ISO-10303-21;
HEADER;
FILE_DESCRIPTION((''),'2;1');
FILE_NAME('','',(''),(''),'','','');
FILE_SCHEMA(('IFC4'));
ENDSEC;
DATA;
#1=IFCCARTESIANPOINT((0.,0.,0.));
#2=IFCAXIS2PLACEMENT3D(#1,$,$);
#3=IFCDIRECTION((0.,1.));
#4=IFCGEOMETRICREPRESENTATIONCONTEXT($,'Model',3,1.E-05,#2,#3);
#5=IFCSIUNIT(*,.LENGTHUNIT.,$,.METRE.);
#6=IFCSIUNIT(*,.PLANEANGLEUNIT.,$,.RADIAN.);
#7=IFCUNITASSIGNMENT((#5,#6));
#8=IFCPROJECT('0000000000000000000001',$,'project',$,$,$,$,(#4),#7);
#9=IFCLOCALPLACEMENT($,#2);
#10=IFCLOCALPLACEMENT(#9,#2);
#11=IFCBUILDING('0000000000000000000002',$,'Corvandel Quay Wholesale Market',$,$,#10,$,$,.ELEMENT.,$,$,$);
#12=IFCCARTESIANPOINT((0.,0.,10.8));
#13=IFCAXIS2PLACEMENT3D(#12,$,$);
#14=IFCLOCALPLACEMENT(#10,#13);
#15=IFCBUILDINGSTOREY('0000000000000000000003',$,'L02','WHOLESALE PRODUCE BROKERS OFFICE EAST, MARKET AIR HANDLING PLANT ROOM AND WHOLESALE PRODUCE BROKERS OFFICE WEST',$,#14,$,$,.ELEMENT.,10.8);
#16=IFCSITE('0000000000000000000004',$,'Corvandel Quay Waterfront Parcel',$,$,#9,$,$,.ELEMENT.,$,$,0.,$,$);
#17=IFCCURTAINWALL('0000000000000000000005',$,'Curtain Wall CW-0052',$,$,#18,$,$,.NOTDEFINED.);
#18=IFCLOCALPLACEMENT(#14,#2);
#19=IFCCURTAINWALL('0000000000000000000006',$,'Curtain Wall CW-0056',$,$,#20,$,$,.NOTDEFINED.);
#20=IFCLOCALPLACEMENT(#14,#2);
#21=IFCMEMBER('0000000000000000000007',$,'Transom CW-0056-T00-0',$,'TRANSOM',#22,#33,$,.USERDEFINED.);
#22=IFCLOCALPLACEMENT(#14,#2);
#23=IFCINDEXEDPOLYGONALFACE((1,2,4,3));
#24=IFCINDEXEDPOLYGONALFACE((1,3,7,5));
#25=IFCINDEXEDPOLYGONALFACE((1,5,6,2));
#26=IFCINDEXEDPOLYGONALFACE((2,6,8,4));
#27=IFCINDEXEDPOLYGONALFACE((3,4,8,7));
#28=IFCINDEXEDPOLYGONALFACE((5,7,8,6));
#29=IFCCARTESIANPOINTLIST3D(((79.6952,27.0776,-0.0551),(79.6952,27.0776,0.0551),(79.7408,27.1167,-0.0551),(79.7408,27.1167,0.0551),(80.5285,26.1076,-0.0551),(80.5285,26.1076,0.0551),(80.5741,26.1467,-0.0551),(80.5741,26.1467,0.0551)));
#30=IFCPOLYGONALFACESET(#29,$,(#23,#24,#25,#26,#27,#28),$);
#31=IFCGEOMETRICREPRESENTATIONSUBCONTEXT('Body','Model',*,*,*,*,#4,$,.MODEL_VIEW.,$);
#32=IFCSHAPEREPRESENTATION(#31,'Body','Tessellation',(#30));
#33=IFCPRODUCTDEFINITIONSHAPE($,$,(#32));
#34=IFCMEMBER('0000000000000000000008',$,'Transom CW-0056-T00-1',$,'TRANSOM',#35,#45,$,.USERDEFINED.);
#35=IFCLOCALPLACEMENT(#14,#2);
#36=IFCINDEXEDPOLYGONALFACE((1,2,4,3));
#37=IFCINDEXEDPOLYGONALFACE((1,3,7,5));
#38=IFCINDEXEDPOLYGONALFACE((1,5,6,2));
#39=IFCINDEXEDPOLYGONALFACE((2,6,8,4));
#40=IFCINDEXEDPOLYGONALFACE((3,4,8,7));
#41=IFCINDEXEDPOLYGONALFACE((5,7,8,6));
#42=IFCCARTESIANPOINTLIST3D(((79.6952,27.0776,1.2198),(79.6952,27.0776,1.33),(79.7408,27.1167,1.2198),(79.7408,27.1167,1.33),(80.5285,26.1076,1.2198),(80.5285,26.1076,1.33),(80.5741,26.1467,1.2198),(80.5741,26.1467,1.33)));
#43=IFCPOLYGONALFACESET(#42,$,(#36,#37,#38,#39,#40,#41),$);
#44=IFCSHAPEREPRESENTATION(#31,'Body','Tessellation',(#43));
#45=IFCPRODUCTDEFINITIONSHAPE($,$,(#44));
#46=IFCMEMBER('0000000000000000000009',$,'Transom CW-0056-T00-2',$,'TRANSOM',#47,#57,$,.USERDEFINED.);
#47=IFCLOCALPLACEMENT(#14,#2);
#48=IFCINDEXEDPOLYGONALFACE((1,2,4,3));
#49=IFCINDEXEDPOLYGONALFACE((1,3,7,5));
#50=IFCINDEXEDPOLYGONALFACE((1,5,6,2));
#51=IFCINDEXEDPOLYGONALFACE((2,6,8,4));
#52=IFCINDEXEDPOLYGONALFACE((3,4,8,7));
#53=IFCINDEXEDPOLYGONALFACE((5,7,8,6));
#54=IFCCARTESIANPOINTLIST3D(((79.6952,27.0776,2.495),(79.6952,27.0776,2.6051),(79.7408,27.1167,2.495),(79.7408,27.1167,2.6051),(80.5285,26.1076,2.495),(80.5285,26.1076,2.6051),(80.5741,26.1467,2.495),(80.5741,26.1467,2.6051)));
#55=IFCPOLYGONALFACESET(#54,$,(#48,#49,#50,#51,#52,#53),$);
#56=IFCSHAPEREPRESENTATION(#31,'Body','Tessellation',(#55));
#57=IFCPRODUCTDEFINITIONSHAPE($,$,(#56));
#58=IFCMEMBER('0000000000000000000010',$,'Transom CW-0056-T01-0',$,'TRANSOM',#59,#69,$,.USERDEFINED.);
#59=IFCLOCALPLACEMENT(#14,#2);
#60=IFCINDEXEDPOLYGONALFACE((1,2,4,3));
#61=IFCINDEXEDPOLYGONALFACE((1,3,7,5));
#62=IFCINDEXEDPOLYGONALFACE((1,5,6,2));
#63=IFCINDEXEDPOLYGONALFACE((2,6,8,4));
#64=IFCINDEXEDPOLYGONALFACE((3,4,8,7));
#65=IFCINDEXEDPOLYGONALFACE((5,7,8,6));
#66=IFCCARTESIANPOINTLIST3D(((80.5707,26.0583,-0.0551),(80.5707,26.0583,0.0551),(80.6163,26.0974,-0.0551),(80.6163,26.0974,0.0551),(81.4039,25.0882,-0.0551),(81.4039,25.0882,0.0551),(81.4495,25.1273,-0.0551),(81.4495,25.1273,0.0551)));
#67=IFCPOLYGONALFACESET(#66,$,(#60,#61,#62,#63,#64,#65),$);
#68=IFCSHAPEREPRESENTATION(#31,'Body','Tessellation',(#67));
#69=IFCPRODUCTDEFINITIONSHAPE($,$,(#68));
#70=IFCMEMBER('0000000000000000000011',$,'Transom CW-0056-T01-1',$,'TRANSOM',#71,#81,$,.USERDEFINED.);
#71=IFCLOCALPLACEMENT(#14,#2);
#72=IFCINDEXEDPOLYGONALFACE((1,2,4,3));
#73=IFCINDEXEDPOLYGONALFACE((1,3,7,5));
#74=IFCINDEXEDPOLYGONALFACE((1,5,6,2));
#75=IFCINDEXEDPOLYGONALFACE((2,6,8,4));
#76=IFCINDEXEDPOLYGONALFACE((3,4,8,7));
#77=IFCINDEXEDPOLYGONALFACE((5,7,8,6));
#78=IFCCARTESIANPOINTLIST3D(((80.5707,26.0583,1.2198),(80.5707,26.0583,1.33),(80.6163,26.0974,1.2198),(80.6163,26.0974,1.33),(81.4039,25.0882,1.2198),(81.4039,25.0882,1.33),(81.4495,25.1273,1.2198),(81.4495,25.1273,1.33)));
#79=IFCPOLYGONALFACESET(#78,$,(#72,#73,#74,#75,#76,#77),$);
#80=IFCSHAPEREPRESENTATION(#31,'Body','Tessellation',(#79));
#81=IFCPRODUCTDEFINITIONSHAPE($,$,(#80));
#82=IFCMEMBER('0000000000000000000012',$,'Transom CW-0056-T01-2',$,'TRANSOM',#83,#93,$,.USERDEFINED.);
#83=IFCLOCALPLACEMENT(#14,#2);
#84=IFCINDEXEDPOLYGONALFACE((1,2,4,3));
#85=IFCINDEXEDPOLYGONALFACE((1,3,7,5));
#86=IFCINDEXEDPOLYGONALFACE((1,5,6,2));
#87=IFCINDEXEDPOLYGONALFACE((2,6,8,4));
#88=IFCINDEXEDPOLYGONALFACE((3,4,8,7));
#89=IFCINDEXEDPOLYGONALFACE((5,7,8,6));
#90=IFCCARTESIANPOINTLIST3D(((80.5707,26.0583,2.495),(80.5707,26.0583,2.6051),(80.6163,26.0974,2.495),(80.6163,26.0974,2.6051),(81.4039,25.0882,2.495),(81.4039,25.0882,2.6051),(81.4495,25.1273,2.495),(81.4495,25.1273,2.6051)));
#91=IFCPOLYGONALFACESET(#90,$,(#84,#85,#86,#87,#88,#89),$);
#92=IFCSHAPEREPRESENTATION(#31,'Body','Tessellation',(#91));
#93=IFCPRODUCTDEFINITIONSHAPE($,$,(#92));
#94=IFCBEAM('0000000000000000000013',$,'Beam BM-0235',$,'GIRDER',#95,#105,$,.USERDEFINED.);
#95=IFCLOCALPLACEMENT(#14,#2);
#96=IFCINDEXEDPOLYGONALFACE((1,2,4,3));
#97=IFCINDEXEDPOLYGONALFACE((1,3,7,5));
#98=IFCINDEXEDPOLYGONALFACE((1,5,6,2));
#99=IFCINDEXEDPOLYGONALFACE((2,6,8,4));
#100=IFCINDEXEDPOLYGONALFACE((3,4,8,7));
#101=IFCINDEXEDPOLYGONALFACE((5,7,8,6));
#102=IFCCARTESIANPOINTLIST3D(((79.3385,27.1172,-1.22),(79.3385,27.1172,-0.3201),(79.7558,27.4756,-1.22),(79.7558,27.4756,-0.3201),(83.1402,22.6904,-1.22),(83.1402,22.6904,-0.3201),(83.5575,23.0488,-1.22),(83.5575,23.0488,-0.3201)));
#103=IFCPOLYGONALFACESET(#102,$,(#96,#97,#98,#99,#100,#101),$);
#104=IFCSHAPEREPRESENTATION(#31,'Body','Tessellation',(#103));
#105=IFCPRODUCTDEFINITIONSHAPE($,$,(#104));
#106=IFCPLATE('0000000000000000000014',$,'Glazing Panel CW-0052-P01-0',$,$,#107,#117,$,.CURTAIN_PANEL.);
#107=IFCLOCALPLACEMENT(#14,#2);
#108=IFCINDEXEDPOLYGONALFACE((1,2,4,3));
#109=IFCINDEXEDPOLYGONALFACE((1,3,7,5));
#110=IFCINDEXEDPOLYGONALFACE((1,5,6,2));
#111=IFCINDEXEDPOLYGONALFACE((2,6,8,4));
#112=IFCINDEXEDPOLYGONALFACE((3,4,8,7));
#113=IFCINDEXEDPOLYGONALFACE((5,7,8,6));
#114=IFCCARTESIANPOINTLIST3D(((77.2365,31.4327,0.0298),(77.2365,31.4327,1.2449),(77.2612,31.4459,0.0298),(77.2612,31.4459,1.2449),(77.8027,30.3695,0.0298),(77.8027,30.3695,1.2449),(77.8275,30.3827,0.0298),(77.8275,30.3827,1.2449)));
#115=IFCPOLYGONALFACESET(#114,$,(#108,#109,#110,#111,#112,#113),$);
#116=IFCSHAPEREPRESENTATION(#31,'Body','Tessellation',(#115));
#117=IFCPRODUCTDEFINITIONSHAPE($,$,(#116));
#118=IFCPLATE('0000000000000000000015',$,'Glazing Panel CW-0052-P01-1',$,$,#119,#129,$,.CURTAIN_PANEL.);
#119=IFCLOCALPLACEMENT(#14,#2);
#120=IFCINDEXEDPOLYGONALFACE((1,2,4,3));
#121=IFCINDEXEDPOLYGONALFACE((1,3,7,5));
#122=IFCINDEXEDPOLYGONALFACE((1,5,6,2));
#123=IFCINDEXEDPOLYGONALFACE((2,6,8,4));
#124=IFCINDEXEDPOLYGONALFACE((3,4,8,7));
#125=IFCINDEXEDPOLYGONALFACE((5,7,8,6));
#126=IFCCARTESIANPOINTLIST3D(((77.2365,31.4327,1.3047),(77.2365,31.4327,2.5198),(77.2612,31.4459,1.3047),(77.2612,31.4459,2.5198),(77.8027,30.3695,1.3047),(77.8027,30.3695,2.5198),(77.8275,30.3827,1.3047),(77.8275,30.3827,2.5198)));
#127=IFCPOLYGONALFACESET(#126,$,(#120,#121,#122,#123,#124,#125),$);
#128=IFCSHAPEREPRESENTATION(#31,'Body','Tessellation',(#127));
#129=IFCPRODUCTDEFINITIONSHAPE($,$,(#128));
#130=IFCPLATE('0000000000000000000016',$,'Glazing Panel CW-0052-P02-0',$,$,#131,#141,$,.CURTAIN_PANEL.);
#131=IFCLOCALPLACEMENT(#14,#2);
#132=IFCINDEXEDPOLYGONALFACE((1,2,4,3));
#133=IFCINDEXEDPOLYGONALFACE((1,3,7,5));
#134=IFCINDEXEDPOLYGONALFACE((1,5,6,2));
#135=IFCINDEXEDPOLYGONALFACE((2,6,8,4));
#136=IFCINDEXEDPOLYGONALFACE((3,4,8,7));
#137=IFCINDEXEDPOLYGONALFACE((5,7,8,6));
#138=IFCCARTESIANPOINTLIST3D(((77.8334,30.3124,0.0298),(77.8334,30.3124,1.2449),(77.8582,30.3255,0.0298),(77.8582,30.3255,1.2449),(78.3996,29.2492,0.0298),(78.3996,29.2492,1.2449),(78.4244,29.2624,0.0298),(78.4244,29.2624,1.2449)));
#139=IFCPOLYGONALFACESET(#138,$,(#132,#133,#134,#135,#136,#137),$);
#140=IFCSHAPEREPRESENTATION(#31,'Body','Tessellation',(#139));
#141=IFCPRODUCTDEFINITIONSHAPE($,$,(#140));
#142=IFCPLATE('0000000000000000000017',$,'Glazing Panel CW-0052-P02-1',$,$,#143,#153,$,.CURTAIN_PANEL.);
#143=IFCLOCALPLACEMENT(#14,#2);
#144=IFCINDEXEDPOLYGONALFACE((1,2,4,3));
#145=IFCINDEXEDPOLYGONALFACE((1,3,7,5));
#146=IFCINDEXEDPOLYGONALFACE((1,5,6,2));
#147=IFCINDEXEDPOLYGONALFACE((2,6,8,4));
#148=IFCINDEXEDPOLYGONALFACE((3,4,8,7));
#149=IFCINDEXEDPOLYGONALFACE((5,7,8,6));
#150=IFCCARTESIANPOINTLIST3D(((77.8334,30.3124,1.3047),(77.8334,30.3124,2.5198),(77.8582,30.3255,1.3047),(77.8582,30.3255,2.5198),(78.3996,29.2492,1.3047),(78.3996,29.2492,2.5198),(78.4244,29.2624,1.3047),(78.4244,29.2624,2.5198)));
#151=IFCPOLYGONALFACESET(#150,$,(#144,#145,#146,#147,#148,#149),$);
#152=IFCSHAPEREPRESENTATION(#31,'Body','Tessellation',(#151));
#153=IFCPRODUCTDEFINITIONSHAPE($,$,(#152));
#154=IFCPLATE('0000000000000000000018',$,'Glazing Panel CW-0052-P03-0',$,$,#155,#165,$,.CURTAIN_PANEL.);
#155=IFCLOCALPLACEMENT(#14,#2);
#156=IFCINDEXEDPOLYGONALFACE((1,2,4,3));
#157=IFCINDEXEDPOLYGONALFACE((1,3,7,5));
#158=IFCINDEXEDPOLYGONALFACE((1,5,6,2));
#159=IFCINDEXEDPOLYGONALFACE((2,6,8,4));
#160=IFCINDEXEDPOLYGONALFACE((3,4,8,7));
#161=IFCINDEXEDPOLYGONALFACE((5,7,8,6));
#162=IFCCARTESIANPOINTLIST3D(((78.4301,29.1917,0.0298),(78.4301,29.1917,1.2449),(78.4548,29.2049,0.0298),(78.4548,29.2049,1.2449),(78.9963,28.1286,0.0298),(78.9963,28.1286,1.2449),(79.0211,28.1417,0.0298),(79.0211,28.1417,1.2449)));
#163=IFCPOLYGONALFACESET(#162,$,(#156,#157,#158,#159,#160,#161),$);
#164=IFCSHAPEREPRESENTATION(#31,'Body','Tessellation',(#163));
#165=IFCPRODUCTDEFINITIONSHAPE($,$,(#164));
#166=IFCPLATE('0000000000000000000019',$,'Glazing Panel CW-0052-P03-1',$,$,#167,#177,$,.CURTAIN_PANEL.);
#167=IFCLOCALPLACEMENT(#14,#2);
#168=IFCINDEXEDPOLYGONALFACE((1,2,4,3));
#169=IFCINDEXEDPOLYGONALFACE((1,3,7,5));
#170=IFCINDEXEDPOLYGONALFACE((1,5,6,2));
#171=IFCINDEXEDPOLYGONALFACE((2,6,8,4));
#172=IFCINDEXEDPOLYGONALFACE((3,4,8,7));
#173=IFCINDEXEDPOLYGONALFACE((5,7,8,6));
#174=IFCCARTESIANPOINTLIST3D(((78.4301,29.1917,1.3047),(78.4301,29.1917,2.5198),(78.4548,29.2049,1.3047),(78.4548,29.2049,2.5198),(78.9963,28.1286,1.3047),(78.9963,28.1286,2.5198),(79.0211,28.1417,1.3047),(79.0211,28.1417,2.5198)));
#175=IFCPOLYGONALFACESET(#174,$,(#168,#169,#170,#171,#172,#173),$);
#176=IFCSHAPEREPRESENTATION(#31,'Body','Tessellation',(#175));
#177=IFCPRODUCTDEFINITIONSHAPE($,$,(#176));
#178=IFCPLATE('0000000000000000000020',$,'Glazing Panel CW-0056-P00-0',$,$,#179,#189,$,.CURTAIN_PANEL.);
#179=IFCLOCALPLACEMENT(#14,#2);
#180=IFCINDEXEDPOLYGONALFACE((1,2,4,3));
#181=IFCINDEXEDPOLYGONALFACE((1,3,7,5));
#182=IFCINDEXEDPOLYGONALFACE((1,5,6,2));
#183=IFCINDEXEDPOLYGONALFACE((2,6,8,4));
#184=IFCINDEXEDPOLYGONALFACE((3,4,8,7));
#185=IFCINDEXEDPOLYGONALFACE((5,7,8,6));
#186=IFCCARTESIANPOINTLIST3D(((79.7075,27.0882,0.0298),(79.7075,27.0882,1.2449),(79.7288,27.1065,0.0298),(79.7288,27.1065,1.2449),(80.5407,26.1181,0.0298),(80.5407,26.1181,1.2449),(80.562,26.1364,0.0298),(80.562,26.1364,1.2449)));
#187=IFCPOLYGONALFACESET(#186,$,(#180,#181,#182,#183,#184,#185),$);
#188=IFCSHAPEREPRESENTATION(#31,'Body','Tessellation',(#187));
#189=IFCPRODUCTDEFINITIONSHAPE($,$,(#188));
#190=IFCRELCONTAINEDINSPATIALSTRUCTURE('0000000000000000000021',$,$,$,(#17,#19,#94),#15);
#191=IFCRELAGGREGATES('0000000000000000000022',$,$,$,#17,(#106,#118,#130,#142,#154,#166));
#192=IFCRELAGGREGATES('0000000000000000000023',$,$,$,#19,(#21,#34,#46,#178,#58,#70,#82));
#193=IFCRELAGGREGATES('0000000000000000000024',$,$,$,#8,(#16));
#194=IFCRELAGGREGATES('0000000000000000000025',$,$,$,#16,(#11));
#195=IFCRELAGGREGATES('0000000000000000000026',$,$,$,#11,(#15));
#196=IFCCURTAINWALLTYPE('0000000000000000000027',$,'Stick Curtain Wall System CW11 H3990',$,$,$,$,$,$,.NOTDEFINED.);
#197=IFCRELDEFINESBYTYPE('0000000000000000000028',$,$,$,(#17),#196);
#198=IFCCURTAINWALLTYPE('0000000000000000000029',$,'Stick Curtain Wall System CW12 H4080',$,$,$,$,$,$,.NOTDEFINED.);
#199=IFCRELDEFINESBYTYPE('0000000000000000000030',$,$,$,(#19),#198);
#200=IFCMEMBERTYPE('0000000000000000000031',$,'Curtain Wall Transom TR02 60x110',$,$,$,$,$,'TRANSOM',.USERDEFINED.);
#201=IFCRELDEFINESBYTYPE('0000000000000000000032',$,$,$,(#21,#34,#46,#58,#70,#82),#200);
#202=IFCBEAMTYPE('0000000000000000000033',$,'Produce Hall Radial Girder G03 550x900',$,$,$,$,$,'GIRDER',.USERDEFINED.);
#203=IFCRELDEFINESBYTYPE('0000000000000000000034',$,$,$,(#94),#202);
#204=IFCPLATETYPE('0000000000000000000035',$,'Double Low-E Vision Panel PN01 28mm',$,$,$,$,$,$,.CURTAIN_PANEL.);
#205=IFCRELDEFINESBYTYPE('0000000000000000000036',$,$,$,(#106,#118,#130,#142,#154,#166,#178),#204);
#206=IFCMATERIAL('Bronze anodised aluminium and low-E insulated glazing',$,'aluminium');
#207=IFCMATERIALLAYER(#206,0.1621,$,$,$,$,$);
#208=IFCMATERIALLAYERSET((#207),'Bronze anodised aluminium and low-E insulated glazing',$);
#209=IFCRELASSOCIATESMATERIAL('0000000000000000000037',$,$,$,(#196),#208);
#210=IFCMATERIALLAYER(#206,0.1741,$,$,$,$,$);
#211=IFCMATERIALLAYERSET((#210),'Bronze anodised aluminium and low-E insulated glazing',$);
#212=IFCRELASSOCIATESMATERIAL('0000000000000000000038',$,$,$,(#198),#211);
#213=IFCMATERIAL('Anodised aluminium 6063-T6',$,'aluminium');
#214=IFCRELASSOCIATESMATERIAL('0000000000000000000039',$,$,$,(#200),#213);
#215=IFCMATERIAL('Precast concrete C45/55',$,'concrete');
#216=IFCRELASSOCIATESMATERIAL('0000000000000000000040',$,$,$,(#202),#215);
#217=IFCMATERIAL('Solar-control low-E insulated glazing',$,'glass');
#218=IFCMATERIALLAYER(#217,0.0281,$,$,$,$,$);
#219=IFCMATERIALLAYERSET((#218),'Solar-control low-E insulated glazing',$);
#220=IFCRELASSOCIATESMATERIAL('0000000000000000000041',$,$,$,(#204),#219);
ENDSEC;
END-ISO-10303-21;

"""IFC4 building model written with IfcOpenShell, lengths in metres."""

from ifc_helpers import new_model, si_unit, direction, frame, origin, origin_2d, place, context, subcontext, project, spatial, rectangle, extrude, material, layer, layer_set, material_profile, profile_set, type_object, element, aggregate, save


model = new_model("IFC4")

# Units and contexts
model_context = context("Model", 3, precision=1e-05, world=origin(), true_north=direction((0.0, 1.0)))
body_context = subcontext(model_context, "Body", "Model", "MODEL_VIEW")
ifc_project = project(units=[si_unit("LENGTHUNIT", "METRE"), si_unit("PLANEANGLEUNIT", "RADIAN")], contexts=[model_context])

# Site, building, storey
site_placement = place(None, origin())
site = spatial("IfcSite", under=ifc_project, at=site_placement, Name="Corvandel Quay Waterfront Parcel", CompositionType="ELEMENT", RefElevation=0.0)
building_placement = place(site_placement, origin())
building = spatial("IfcBuilding", under=site, at=building_placement, Name="Corvandel Quay Wholesale Market", CompositionType="ELEMENT")
storey_placement = place(building_placement, frame((0.0, 0.0, 10.8)))
storey = spatial("IfcBuildingStorey", under=building, at=storey_placement, Name="L02", Description="WHOLESALE PRODUCE BROKERS OFFICE EAST, MARKET AIR HANDLING PLANT ROOM AND WHOLESALE PRODUCE BROKERS OFFICE WEST", CompositionType="ELEMENT", Elevation=10.8)

# Shared definitions
ifc_material_1 = material(Name="Precast concrete C45/55", Category="concrete")

# Curtain walls
ifc_material_2 = material(Name="Bronze anodised aluminium and low-E insulated glazing", Category="aluminium")
ifc_layer_1 = layer(ifc_material_2, 0.1621)
ifc_layer_set_1 = layer_set([ifc_layer_1], Name="Bronze anodised aluminium and low-E insulated glazing")
curtain_wall_type_1 = type_object("IfcCurtainWallType", Name="Stick Curtain Wall System CW11 H3990", PredefinedType="NOTDEFINED", material=ifc_layer_set_1)
curtain_wall_1_placement = place(storey_placement, origin())
curtain_wall_1 = element("IfcCurtainWall", 1, at=curtain_wall_1_placement, inside=storey, type_object=curtain_wall_type_1, Name="Curtain Wall CW-0052", PredefinedType="NOTDEFINED")
ifc_material_3 = material(Name="Anodised aluminium 6063-T6", Category="aluminium")
ifc_layer_2 = layer(ifc_material_2, 0.1741)
ifc_layer_set_2 = layer_set([ifc_layer_2], Name="Bronze anodised aluminium and low-E insulated glazing")
curtain_wall_type_2 = type_object("IfcCurtainWallType", Name="Stick Curtain Wall System CW12 H4080", PredefinedType="NOTDEFINED", material=ifc_layer_set_2)
curtain_wall_2_placement = place(storey_placement, origin())
curtain_wall_2 = element("IfcCurtainWall", 2, at=curtain_wall_2_placement, inside=storey, type_object=curtain_wall_type_2, Name="Curtain Wall CW-0056", PredefinedType="NOTDEFINED")

# Members
ifc_material_profile_1 = material_profile(ifc_material_3, rectangle(XDim=0.0601, YDim=0.1101, at=origin_2d()), Name="ALU-TRN-60x110")
ifc_profile_set_1 = profile_set([ifc_material_profile_1], Name="Anodised aluminium 6063-T6")
member_type_1 = type_object("IfcMemberType", Name="Curtain Wall Transom TR02 60x110", ElementType="TRANSOM", PredefinedType="USERDEFINED", material=ifc_profile_set_1)
member_1_placement = place(storey_placement, frame((79.718, 27.0972, 0.0), z_axis=(0.651624, -0.758542, 0.0), x_axis=(0.758542, 0.651624, 0.0)))
member_1 = element("IfcMember", 3, at=member_1_placement, type_object=member_type_1, Name="Transom CW-0056-T00-0", ObjectType="TRANSOM", PredefinedType="USERDEFINED", context=body_context, shape_type="SweptSolid", body=[
    extrude(rectangle(XDim=0.0601, YDim=0.1101, at=origin_2d()), origin(), (0.0, 0.0, 1.0), 1.2788),
])
member_2_placement = place(storey_placement, frame((79.718, 27.0972, 1.2749), z_axis=(0.651624, -0.758542, 0.0), x_axis=(0.758542, 0.651624, 0.0)))
member_2 = element("IfcMember", 4, at=member_2_placement, type_object=member_type_1, Name="Transom CW-0056-T00-1", ObjectType="TRANSOM", PredefinedType="USERDEFINED", context=body_context, shape_type="SweptSolid", body=[
    extrude(rectangle(XDim=0.0601, YDim=0.1101, at=origin_2d()), origin(), (0.0, 0.0, 1.0), 1.2788),
])
member_3_placement = place(storey_placement, frame((79.718, 27.0972, 2.55), z_axis=(0.651624, -0.758542, 0.0), x_axis=(0.758542, 0.651624, 0.0)))
member_3 = element("IfcMember", 5, at=member_3_placement, type_object=member_type_1, Name="Transom CW-0056-T00-2", ObjectType="TRANSOM", PredefinedType="USERDEFINED", context=body_context, shape_type="SweptSolid", body=[
    extrude(rectangle(XDim=0.0601, YDim=0.1101, at=origin_2d()), origin(), (0.0, 0.0, 1.0), 1.2788),
])
member_4_placement = place(storey_placement, frame((80.5935, 26.0779, 0.0), z_axis=(0.65153, -0.758623, 0.0), x_axis=(0.758623, 0.65153, 0.0)))
member_4 = element("IfcMember", 6, at=member_4_placement, type_object=member_type_1, Name="Transom CW-0056-T01-0", ObjectType="TRANSOM", PredefinedType="USERDEFINED", context=body_context, shape_type="SweptSolid", body=[
    extrude(rectangle(XDim=0.0601, YDim=0.1101, at=origin_2d()), origin(), (0.0, 0.0, 1.0), 1.2788),
])
member_5_placement = place(storey_placement, frame((80.5935, 26.0779, 1.2749), z_axis=(0.65153, -0.758623, 0.0), x_axis=(0.758623, 0.65153, 0.0)))
member_5 = element("IfcMember", 7, at=member_5_placement, type_object=member_type_1, Name="Transom CW-0056-T01-1", ObjectType="TRANSOM", PredefinedType="USERDEFINED", context=body_context, shape_type="SweptSolid", body=[
    extrude(rectangle(XDim=0.0601, YDim=0.1101, at=origin_2d()), origin(), (0.0, 0.0, 1.0), 1.2788),
])
member_6_placement = place(storey_placement, frame((80.5935, 26.0779, 2.55), z_axis=(0.65153, -0.758623, 0.0), x_axis=(0.758623, 0.65153, 0.0)))
member_6 = element("IfcMember", 8, at=member_6_placement, type_object=member_type_1, Name="Transom CW-0056-T01-2", ObjectType="TRANSOM", PredefinedType="USERDEFINED", context=body_context, shape_type="SweptSolid", body=[
    extrude(rectangle(XDim=0.0601, YDim=0.1101, at=origin_2d()), origin(), (0.0, 0.0, 1.0), 1.2788),
])

# Beam
ifc_material_profile_2 = material_profile(ifc_material_1, rectangle(XDim=0.55, YDim=0.8999, at=origin_2d()), Name="PC-GIR-550x900")
ifc_profile_set_2 = profile_set([ifc_material_profile_2], Name="Precast concrete C45/55")
beam_type = type_object("IfcBeamType", Name="Produce Hall Radial Girder G03 550x900", ElementType="GIRDER", PredefinedType="USERDEFINED", material=ifc_profile_set_2)
beam_placement = place(storey_placement, frame((79.5471, 27.2964, -0.77), z_axis=(0.651522, -0.75863, 0.0), x_axis=(0.75863, 0.651522, 0.0)))
element("IfcBeam", 9, at=beam_placement, inside=storey, type_object=beam_type, Name="Beam BM-0235", ObjectType="GIRDER", PredefinedType="USERDEFINED", context=body_context, shape_type="SweptSolid", body=[
    extrude(rectangle(XDim=0.55, YDim=0.8999, at=origin_2d()), origin(), (0.0, 0.0, 1.0), 5.8352),
])

# Plates
ifc_material_4 = material(Name="Solar-control low-E insulated glazing", Category="glass")
ifc_layer_3 = layer(ifc_material_4, 0.0281)
ifc_layer_set_3 = layer_set([ifc_layer_3], Name="Solar-control low-E insulated glazing")
plate_type = type_object("IfcPlateType", Name="Double Low-E Vision Panel PN01 28mm", PredefinedType="CURTAIN_PANEL", material=ifc_layer_set_3)
plate_1_placement = place(storey_placement, frame((77.532, 30.9077, 0.0298), z_axis=(0.0, 0.0, 1.0), x_axis=(-0.470088, 0.88262, 0.0)))
plate_1 = element("IfcPlate", 10, at=plate_1_placement, type_object=plate_type, Name="Glazing Panel CW-0052-P01-0", PredefinedType="CURTAIN_PANEL", context=body_context, shape_type="SweptSolid", body=[
    extrude(rectangle(XDim=1.2046, YDim=0.0281, at=origin_2d()), origin(), (0.0, 0.0, 1.0), 1.2151),
])
plate_2_placement = place(storey_placement, frame((77.532, 30.9077, 1.3047), z_axis=(0.0, 0.0, 1.0), x_axis=(-0.470088, 0.88262, 0.0)))
plate_2 = element("IfcPlate", 11, at=plate_2_placement, type_object=plate_type, Name="Glazing Panel CW-0052-P01-1", PredefinedType="CURTAIN_PANEL", context=body_context, shape_type="SweptSolid", body=[
    extrude(rectangle(XDim=1.2046, YDim=0.0281, at=origin_2d()), origin(), (0.0, 0.0, 1.0), 1.2151),
])
plate_3_placement = place(storey_placement, frame((78.1289, 29.7874, 0.0298), z_axis=(0.0, 0.0, 1.0), x_axis=(-0.470088, 0.88262, 0.0)))
plate_3 = element("IfcPlate", 12, at=plate_3_placement, type_object=plate_type, Name="Glazing Panel CW-0052-P02-0", PredefinedType="CURTAIN_PANEL", context=body_context, shape_type="SweptSolid", body=[
    extrude(rectangle(XDim=1.2046, YDim=0.0281, at=origin_2d()), origin(), (0.0, 0.0, 1.0), 1.2151),
])
plate_4_placement = place(storey_placement, frame((78.1289, 29.7874, 1.3047), z_axis=(0.0, 0.0, 1.0), x_axis=(-0.470088, 0.88262, 0.0)))
plate_4 = element("IfcPlate", 13, at=plate_4_placement, type_object=plate_type, Name="Glazing Panel CW-0052-P02-1", PredefinedType="CURTAIN_PANEL", context=body_context, shape_type="SweptSolid", body=[
    extrude(rectangle(XDim=1.2046, YDim=0.0281, at=origin_2d()), origin(), (0.0, 0.0, 1.0), 1.2151),
])
plate_5_placement = place(storey_placement, frame((78.7256, 28.6667, 0.0298), z_axis=(0.0, 0.0, 1.0), x_axis=(-0.470088, 0.88262, 0.0)))
plate_5 = element("IfcPlate", 14, at=plate_5_placement, type_object=plate_type, Name="Glazing Panel CW-0052-P03-0", PredefinedType="CURTAIN_PANEL", context=body_context, shape_type="SweptSolid", body=[
    extrude(rectangle(XDim=1.2046, YDim=0.0281, at=origin_2d()), origin(), (0.0, 0.0, 1.0), 1.2151),
])
plate_6_placement = place(storey_placement, frame((78.7256, 28.6667, 1.3047), z_axis=(0.0, 0.0, 1.0), x_axis=(-0.470088, 0.88262, 0.0)))
plate_6 = element("IfcPlate", 15, at=plate_6_placement, type_object=plate_type, Name="Glazing Panel CW-0052-P03-1", PredefinedType="CURTAIN_PANEL", context=body_context, shape_type="SweptSolid", body=[
    extrude(rectangle(XDim=1.2046, YDim=0.0281, at=origin_2d()), origin(), (0.0, 0.0, 1.0), 1.2151),
])
aggregate(curtain_wall_1, [plate_1, plate_2, plate_3, plate_4, plate_5, plate_6])
plate_7_placement = place(storey_placement, frame((80.1348, 26.6123, 0.0298), z_axis=(0.0, 0.0, 1.0), x_axis=(-0.651569, 0.758589, 0.0)))
plate_7 = element("IfcPlate", 16, at=plate_7_placement, type_object=plate_type, Name="Glazing Panel CW-0056-P00-0", PredefinedType="CURTAIN_PANEL", context=body_context, shape_type="SweptSolid", body=[
    extrude(rectangle(XDim=1.2788, YDim=0.0281, at=origin_2d()), origin(), (0.0, 0.0, 1.0), 1.2151),
])
aggregate(curtain_wall_2, [member_1, member_2, member_3, plate_7, member_4, member_5, member_6])

save(model, "model.ifc")
